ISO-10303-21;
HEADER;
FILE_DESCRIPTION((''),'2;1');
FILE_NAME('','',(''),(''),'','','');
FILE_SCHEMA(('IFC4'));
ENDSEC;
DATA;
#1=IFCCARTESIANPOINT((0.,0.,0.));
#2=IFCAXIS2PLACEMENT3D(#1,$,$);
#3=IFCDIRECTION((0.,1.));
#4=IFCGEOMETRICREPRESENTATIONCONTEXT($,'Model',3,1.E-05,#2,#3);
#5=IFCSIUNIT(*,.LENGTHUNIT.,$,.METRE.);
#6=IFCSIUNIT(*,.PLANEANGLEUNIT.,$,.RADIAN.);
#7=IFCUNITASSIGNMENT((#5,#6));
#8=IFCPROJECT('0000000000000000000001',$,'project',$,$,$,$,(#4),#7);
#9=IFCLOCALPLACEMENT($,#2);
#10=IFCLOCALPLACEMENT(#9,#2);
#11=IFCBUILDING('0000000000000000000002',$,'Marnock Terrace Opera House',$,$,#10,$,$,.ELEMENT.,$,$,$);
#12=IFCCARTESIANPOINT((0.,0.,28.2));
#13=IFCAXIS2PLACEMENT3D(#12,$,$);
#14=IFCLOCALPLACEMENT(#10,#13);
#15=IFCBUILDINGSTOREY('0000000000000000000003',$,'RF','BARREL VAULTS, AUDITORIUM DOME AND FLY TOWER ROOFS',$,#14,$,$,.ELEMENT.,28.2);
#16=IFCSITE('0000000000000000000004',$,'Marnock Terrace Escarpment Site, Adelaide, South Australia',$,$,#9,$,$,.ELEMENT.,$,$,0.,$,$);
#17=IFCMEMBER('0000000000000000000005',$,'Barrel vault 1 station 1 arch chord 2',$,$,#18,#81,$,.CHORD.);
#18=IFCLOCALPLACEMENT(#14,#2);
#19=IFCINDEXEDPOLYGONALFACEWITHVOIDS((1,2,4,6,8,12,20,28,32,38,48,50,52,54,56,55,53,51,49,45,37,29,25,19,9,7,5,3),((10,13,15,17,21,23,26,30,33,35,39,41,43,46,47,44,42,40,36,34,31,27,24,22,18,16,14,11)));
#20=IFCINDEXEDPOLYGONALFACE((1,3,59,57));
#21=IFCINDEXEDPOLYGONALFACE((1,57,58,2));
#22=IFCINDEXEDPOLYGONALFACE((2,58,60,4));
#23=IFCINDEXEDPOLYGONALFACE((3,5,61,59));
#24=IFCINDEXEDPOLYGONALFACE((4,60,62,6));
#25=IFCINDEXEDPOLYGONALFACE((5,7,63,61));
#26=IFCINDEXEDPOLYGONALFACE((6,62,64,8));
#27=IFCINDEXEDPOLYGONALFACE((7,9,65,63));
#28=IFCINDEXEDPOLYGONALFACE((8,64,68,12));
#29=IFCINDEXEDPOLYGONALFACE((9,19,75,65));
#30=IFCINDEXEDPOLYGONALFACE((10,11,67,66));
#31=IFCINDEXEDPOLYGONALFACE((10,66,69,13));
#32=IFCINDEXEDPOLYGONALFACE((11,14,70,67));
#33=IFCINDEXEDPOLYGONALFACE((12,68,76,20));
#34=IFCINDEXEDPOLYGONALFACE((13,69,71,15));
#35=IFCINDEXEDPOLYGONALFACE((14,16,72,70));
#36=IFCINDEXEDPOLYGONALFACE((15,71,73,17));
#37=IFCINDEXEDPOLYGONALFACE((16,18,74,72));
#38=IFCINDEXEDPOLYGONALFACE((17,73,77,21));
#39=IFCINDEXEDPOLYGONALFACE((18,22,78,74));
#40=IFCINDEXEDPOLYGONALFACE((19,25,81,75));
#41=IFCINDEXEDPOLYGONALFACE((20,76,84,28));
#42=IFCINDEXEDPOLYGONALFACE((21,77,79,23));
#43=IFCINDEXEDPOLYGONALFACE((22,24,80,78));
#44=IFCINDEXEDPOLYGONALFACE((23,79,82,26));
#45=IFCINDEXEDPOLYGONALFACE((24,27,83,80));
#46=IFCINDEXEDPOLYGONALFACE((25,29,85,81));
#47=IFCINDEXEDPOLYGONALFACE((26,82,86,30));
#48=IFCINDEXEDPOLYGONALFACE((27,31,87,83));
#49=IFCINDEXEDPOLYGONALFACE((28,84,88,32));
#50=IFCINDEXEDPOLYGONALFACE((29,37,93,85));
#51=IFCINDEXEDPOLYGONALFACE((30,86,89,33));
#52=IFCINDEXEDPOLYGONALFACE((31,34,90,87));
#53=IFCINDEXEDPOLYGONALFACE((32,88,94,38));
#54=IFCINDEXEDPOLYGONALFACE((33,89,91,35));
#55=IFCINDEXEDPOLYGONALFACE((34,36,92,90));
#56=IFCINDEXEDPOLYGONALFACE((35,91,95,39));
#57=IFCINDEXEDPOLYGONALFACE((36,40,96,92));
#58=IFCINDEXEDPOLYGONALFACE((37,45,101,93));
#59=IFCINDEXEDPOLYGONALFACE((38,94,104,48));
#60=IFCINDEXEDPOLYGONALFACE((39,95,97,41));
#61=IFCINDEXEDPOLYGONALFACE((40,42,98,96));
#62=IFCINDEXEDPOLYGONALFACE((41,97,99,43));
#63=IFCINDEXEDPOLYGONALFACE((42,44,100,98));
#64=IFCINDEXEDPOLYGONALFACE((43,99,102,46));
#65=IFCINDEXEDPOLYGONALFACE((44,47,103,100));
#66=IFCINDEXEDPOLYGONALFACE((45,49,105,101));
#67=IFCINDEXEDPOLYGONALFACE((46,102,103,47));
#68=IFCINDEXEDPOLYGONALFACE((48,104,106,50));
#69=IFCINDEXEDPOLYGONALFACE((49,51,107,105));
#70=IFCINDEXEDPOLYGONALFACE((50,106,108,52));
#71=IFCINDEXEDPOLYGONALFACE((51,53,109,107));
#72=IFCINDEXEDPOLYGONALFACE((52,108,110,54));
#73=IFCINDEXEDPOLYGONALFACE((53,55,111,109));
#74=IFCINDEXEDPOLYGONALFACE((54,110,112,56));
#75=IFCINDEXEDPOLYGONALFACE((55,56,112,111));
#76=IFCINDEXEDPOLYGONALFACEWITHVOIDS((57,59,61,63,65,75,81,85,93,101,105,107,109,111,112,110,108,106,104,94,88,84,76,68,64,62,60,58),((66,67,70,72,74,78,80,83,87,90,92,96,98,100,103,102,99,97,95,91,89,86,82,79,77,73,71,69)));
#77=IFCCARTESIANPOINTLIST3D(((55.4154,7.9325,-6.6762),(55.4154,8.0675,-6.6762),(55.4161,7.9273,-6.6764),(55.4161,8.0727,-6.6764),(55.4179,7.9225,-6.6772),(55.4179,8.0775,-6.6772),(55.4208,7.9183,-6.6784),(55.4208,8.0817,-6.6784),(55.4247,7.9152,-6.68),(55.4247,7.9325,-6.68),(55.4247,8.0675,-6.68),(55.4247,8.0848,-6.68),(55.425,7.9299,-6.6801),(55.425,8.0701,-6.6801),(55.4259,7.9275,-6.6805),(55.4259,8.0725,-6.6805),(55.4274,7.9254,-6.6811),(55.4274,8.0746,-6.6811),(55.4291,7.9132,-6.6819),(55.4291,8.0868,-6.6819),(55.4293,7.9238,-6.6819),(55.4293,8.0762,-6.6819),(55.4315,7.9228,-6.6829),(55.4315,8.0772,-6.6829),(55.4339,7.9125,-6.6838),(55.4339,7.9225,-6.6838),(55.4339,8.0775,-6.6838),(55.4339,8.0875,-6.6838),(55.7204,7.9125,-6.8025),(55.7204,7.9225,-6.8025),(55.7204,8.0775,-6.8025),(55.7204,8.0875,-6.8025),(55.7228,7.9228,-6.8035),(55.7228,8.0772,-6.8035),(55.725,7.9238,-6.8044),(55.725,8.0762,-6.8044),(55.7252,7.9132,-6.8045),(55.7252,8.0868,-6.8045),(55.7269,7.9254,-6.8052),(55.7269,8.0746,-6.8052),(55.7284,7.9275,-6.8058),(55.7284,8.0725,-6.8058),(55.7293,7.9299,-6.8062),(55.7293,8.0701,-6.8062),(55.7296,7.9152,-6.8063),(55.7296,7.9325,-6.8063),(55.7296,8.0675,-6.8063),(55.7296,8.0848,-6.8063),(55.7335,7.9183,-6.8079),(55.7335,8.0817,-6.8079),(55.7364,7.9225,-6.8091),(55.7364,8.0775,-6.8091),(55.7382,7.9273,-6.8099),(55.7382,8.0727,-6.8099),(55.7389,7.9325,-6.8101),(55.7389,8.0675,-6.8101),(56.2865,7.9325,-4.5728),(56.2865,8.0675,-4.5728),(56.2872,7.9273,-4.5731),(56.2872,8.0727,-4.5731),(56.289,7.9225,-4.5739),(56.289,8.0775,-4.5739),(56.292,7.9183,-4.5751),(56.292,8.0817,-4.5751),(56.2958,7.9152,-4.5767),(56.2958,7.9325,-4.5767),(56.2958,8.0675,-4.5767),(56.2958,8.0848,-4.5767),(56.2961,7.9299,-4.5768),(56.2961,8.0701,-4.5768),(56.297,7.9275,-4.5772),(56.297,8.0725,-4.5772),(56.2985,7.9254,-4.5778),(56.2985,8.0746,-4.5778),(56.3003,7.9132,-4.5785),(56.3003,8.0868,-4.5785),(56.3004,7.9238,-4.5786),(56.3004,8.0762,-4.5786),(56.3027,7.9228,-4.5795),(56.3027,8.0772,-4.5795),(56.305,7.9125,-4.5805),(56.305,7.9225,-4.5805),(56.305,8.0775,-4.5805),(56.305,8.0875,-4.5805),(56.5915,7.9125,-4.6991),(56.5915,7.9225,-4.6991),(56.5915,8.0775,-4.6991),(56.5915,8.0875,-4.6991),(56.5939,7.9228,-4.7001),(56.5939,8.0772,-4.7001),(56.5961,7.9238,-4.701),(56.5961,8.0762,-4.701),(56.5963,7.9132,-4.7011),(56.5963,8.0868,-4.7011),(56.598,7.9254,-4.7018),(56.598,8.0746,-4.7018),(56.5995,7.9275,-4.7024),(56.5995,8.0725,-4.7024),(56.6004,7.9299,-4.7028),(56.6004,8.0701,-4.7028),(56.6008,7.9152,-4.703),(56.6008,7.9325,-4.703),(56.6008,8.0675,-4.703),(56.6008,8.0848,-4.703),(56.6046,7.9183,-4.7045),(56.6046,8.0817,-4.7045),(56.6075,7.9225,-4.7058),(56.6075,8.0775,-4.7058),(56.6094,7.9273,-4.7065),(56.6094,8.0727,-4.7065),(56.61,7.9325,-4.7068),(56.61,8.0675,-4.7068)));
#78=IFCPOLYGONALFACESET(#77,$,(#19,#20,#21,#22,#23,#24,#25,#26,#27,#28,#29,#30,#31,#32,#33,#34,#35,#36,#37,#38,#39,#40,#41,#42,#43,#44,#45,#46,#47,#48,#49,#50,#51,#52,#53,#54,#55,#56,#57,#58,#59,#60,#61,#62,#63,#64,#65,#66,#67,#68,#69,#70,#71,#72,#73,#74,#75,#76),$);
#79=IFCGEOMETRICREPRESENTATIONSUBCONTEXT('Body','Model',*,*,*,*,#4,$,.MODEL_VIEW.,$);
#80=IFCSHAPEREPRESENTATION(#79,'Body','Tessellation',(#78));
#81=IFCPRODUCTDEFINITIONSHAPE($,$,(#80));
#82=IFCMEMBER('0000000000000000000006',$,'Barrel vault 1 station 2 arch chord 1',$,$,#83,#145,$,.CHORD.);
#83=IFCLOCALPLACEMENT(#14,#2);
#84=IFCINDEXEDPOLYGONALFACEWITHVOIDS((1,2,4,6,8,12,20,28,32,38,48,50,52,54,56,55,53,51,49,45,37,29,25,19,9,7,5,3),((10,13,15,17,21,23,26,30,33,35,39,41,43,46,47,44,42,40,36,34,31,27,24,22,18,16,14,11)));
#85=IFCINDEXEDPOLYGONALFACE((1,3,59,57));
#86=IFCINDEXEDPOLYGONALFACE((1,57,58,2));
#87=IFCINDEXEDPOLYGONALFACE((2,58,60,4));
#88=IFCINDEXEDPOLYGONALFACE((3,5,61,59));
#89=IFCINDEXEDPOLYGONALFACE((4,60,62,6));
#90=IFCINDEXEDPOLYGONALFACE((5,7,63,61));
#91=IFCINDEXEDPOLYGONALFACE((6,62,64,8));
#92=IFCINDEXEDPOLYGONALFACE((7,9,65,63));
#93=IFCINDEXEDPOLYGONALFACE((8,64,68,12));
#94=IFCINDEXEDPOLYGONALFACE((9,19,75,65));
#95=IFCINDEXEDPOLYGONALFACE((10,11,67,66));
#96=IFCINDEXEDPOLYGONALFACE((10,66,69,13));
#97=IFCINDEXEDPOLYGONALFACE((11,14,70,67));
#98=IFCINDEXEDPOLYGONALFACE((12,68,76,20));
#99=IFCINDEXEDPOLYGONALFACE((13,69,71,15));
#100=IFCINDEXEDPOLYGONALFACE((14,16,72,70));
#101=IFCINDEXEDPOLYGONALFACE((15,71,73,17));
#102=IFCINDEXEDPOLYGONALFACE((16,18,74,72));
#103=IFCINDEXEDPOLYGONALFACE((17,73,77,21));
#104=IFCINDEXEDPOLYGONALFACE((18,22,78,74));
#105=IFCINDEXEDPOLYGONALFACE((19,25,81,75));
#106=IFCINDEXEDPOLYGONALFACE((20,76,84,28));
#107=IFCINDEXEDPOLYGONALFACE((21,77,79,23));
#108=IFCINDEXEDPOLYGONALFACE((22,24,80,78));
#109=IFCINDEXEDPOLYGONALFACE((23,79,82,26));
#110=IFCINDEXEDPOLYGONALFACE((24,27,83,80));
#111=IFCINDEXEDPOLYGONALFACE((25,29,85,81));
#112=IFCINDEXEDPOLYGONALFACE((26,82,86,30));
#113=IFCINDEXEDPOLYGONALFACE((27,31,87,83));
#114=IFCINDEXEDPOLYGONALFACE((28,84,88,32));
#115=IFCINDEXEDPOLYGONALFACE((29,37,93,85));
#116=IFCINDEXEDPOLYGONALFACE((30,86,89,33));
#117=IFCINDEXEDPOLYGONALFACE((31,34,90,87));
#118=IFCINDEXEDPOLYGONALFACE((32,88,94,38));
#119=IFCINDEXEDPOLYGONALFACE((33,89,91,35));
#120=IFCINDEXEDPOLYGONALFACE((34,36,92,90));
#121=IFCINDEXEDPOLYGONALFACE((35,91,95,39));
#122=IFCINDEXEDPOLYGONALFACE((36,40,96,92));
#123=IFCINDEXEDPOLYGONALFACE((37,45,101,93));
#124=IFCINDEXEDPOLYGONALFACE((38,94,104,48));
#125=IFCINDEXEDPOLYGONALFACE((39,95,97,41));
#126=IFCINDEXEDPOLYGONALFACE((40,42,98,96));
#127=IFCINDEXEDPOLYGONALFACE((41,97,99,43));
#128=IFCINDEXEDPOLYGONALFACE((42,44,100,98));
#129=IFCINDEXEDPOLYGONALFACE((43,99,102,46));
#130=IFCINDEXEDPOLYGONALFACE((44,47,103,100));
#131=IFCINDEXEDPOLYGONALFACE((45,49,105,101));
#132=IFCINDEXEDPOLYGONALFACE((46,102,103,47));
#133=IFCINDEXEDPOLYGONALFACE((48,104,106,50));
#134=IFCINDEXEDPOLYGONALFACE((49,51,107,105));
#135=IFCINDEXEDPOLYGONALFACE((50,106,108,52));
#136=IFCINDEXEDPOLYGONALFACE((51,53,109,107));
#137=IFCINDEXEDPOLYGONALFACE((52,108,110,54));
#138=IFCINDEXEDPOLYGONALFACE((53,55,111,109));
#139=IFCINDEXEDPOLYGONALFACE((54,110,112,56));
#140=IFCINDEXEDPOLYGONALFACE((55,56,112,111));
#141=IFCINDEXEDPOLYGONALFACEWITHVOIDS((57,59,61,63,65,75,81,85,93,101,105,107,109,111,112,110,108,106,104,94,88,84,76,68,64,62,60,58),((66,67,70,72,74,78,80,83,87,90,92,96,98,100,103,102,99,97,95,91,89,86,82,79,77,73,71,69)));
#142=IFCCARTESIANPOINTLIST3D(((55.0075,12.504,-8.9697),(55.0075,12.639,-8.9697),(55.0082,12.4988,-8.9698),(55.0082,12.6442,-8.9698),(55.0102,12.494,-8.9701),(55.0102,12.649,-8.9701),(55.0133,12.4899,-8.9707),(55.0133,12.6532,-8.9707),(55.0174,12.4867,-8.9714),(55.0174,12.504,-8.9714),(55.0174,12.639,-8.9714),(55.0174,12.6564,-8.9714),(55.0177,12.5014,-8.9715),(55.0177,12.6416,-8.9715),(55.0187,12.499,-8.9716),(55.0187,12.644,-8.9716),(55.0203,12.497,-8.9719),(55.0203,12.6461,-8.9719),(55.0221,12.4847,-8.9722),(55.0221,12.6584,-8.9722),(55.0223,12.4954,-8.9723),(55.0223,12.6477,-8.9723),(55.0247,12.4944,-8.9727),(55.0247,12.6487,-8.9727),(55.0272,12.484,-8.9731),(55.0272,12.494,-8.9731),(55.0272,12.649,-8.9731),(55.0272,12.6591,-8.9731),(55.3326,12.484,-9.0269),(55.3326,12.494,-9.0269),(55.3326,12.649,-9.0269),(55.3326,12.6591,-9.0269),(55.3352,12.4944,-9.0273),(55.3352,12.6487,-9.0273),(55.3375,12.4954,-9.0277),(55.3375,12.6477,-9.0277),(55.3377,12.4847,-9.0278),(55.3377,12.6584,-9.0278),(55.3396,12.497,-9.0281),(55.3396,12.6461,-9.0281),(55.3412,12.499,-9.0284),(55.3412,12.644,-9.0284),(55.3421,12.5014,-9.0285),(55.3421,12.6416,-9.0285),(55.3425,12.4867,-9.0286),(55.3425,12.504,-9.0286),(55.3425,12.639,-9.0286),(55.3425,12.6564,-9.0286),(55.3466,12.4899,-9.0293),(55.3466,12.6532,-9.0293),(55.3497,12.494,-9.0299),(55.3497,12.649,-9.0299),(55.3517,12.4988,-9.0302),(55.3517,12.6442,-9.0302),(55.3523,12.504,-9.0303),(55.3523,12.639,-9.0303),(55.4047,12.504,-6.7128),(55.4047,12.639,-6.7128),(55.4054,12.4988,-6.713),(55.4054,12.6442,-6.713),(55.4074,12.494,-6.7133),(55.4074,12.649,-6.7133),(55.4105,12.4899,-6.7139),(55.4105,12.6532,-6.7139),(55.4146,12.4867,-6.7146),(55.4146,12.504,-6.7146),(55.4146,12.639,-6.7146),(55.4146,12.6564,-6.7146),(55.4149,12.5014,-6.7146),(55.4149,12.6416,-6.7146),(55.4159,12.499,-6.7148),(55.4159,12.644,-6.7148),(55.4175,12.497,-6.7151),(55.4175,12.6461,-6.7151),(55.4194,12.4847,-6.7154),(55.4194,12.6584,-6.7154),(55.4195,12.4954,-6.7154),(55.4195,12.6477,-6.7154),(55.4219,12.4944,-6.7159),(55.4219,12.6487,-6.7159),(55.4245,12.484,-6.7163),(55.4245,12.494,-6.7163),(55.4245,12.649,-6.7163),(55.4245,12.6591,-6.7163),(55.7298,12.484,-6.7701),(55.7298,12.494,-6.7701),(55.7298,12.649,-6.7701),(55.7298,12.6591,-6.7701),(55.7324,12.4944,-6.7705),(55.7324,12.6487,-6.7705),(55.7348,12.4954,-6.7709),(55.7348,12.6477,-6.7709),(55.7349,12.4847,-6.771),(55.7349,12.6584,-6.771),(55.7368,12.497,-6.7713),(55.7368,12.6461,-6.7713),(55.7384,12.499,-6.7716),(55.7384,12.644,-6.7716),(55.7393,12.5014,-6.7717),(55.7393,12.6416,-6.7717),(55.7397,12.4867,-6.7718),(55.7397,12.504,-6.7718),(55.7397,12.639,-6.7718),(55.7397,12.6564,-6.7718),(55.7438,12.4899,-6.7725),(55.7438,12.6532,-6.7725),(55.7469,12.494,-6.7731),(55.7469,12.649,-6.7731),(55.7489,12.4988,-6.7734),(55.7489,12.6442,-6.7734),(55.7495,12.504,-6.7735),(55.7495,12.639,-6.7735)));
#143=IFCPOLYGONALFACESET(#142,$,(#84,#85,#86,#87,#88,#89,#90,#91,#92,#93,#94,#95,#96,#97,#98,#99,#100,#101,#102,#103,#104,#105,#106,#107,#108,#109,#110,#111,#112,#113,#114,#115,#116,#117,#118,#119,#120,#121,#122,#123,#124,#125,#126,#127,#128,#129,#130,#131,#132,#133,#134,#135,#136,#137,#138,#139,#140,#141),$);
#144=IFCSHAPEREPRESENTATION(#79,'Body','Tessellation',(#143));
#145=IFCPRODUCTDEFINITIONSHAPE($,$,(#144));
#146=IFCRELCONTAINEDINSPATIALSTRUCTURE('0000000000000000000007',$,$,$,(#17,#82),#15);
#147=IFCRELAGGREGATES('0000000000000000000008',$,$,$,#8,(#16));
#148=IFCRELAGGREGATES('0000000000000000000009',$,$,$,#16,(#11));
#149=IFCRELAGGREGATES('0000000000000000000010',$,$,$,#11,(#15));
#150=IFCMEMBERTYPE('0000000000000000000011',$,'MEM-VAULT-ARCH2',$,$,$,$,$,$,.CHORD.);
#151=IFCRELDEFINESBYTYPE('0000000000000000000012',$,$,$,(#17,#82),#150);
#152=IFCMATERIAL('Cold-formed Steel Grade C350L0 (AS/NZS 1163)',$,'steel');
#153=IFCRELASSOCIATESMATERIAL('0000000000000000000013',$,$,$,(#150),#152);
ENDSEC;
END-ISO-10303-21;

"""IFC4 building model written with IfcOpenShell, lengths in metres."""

from ifc_helpers import new_model, si_unit, direction, frame, origin, origin_2d, place, context, subcontext, project, spatial, hollow_rectangle, extrude, material, material_profile, profile_set, type_object, element, save


model = new_model("IFC4")

# Units and contexts
model_context = context("Model", 3, precision=1e-05, world=origin(), true_north=direction((0.0, 1.0)))
body_context = subcontext(model_context, "Body", "Model", "MODEL_VIEW")
ifc_project = project(units=[si_unit("LENGTHUNIT", "METRE"), si_unit("PLANEANGLEUNIT", "RADIAN")], contexts=[model_context])

# Site, building, storey
site_placement = place(None, origin())
site = spatial("IfcSite", under=ifc_project, at=site_placement, Name="Marnock Terrace Escarpment Site, Adelaide, South Australia", CompositionType="ELEMENT", RefElevation=0.0)
building_placement = place(site_placement, origin())
building = spatial("IfcBuilding", under=site, at=building_placement, Name="Marnock Terrace Opera House", CompositionType="ELEMENT")
storey_placement = place(building_placement, frame((0.0, 0.0, 28.2)))
storey = spatial("IfcBuildingStorey", under=building, at=storey_placement, Name="RF", Description="BARREL VAULTS, AUDITORIUM DOME AND FLY TOWER ROOFS", CompositionType="ELEMENT", Elevation=28.2)

# Members
ifc_material_1 = material(Name="Cold-formed Steel Grade C350L0 (AS/NZS 1163)", Category="steel")
ifc_material_profile_1 = material_profile(ifc_material_1, hollow_rectangle(XDim=0.175, YDim=0.3501, WallThickness=0.01, InnerFilletRadius=0.01, OuterFilletRadius=0.02, at=origin_2d()))
ifc_profile_set_1 = profile_set([ifc_material_profile_1], Name="Cold-formed Steel Grade C350L0 (AS/NZS 1163)")
member_type = type_object("IfcMemberType", Name="MEM-VAULT-ARCH2", PredefinedType="CHORD", material=ifc_profile_set_1)
member_1_placement = place(storey_placement, frame((55.5771, 8.0, -6.7432), z_axis=(0.382642, 0.0, 0.923897), x_axis=(0.0, 1.0, 0.0)))
element("IfcMember", 1, at=member_1_placement, inside=storey, type_object=member_type, Name="Barrel vault 1 station 1 arch chord 2", PredefinedType="CHORD", context=body_context, shape_type="SweptSolid", body=[
    extrude(hollow_rectangle(XDim=0.175, YDim=0.3501, WallThickness=0.01, InnerFilletRadius=0.01, OuterFilletRadius=0.02, at=origin_2d()), origin(), (0.0, 0.0, 1.0), 2.2766),
])
for number, where, z_axis, x_axis, name in (
    (2, (55.1799, 12.5715, -9.0), (0.173342, 0.0, 0.984862), (0.0, 1.0, 0.0), "Barrel vault 1 station 2 arch chord 1"),
):
    element("IfcMember", number, at=place(storey_placement, frame(where, z_axis=z_axis, x_axis=x_axis)), inside=storey, type_object=member_type, Name=name, PredefinedType="CHORD", context=body_context, shape_type="SweptSolid", body=[
        extrude(hollow_rectangle(XDim=0.175, YDim=0.3501, WallThickness=0.01, InnerFilletRadius=0.01, OuterFilletRadius=0.02, at=origin_2d()), origin(), (0.0, 0.0, 1.0), 2.2915),
    ])

save(model, "model.ifc")
